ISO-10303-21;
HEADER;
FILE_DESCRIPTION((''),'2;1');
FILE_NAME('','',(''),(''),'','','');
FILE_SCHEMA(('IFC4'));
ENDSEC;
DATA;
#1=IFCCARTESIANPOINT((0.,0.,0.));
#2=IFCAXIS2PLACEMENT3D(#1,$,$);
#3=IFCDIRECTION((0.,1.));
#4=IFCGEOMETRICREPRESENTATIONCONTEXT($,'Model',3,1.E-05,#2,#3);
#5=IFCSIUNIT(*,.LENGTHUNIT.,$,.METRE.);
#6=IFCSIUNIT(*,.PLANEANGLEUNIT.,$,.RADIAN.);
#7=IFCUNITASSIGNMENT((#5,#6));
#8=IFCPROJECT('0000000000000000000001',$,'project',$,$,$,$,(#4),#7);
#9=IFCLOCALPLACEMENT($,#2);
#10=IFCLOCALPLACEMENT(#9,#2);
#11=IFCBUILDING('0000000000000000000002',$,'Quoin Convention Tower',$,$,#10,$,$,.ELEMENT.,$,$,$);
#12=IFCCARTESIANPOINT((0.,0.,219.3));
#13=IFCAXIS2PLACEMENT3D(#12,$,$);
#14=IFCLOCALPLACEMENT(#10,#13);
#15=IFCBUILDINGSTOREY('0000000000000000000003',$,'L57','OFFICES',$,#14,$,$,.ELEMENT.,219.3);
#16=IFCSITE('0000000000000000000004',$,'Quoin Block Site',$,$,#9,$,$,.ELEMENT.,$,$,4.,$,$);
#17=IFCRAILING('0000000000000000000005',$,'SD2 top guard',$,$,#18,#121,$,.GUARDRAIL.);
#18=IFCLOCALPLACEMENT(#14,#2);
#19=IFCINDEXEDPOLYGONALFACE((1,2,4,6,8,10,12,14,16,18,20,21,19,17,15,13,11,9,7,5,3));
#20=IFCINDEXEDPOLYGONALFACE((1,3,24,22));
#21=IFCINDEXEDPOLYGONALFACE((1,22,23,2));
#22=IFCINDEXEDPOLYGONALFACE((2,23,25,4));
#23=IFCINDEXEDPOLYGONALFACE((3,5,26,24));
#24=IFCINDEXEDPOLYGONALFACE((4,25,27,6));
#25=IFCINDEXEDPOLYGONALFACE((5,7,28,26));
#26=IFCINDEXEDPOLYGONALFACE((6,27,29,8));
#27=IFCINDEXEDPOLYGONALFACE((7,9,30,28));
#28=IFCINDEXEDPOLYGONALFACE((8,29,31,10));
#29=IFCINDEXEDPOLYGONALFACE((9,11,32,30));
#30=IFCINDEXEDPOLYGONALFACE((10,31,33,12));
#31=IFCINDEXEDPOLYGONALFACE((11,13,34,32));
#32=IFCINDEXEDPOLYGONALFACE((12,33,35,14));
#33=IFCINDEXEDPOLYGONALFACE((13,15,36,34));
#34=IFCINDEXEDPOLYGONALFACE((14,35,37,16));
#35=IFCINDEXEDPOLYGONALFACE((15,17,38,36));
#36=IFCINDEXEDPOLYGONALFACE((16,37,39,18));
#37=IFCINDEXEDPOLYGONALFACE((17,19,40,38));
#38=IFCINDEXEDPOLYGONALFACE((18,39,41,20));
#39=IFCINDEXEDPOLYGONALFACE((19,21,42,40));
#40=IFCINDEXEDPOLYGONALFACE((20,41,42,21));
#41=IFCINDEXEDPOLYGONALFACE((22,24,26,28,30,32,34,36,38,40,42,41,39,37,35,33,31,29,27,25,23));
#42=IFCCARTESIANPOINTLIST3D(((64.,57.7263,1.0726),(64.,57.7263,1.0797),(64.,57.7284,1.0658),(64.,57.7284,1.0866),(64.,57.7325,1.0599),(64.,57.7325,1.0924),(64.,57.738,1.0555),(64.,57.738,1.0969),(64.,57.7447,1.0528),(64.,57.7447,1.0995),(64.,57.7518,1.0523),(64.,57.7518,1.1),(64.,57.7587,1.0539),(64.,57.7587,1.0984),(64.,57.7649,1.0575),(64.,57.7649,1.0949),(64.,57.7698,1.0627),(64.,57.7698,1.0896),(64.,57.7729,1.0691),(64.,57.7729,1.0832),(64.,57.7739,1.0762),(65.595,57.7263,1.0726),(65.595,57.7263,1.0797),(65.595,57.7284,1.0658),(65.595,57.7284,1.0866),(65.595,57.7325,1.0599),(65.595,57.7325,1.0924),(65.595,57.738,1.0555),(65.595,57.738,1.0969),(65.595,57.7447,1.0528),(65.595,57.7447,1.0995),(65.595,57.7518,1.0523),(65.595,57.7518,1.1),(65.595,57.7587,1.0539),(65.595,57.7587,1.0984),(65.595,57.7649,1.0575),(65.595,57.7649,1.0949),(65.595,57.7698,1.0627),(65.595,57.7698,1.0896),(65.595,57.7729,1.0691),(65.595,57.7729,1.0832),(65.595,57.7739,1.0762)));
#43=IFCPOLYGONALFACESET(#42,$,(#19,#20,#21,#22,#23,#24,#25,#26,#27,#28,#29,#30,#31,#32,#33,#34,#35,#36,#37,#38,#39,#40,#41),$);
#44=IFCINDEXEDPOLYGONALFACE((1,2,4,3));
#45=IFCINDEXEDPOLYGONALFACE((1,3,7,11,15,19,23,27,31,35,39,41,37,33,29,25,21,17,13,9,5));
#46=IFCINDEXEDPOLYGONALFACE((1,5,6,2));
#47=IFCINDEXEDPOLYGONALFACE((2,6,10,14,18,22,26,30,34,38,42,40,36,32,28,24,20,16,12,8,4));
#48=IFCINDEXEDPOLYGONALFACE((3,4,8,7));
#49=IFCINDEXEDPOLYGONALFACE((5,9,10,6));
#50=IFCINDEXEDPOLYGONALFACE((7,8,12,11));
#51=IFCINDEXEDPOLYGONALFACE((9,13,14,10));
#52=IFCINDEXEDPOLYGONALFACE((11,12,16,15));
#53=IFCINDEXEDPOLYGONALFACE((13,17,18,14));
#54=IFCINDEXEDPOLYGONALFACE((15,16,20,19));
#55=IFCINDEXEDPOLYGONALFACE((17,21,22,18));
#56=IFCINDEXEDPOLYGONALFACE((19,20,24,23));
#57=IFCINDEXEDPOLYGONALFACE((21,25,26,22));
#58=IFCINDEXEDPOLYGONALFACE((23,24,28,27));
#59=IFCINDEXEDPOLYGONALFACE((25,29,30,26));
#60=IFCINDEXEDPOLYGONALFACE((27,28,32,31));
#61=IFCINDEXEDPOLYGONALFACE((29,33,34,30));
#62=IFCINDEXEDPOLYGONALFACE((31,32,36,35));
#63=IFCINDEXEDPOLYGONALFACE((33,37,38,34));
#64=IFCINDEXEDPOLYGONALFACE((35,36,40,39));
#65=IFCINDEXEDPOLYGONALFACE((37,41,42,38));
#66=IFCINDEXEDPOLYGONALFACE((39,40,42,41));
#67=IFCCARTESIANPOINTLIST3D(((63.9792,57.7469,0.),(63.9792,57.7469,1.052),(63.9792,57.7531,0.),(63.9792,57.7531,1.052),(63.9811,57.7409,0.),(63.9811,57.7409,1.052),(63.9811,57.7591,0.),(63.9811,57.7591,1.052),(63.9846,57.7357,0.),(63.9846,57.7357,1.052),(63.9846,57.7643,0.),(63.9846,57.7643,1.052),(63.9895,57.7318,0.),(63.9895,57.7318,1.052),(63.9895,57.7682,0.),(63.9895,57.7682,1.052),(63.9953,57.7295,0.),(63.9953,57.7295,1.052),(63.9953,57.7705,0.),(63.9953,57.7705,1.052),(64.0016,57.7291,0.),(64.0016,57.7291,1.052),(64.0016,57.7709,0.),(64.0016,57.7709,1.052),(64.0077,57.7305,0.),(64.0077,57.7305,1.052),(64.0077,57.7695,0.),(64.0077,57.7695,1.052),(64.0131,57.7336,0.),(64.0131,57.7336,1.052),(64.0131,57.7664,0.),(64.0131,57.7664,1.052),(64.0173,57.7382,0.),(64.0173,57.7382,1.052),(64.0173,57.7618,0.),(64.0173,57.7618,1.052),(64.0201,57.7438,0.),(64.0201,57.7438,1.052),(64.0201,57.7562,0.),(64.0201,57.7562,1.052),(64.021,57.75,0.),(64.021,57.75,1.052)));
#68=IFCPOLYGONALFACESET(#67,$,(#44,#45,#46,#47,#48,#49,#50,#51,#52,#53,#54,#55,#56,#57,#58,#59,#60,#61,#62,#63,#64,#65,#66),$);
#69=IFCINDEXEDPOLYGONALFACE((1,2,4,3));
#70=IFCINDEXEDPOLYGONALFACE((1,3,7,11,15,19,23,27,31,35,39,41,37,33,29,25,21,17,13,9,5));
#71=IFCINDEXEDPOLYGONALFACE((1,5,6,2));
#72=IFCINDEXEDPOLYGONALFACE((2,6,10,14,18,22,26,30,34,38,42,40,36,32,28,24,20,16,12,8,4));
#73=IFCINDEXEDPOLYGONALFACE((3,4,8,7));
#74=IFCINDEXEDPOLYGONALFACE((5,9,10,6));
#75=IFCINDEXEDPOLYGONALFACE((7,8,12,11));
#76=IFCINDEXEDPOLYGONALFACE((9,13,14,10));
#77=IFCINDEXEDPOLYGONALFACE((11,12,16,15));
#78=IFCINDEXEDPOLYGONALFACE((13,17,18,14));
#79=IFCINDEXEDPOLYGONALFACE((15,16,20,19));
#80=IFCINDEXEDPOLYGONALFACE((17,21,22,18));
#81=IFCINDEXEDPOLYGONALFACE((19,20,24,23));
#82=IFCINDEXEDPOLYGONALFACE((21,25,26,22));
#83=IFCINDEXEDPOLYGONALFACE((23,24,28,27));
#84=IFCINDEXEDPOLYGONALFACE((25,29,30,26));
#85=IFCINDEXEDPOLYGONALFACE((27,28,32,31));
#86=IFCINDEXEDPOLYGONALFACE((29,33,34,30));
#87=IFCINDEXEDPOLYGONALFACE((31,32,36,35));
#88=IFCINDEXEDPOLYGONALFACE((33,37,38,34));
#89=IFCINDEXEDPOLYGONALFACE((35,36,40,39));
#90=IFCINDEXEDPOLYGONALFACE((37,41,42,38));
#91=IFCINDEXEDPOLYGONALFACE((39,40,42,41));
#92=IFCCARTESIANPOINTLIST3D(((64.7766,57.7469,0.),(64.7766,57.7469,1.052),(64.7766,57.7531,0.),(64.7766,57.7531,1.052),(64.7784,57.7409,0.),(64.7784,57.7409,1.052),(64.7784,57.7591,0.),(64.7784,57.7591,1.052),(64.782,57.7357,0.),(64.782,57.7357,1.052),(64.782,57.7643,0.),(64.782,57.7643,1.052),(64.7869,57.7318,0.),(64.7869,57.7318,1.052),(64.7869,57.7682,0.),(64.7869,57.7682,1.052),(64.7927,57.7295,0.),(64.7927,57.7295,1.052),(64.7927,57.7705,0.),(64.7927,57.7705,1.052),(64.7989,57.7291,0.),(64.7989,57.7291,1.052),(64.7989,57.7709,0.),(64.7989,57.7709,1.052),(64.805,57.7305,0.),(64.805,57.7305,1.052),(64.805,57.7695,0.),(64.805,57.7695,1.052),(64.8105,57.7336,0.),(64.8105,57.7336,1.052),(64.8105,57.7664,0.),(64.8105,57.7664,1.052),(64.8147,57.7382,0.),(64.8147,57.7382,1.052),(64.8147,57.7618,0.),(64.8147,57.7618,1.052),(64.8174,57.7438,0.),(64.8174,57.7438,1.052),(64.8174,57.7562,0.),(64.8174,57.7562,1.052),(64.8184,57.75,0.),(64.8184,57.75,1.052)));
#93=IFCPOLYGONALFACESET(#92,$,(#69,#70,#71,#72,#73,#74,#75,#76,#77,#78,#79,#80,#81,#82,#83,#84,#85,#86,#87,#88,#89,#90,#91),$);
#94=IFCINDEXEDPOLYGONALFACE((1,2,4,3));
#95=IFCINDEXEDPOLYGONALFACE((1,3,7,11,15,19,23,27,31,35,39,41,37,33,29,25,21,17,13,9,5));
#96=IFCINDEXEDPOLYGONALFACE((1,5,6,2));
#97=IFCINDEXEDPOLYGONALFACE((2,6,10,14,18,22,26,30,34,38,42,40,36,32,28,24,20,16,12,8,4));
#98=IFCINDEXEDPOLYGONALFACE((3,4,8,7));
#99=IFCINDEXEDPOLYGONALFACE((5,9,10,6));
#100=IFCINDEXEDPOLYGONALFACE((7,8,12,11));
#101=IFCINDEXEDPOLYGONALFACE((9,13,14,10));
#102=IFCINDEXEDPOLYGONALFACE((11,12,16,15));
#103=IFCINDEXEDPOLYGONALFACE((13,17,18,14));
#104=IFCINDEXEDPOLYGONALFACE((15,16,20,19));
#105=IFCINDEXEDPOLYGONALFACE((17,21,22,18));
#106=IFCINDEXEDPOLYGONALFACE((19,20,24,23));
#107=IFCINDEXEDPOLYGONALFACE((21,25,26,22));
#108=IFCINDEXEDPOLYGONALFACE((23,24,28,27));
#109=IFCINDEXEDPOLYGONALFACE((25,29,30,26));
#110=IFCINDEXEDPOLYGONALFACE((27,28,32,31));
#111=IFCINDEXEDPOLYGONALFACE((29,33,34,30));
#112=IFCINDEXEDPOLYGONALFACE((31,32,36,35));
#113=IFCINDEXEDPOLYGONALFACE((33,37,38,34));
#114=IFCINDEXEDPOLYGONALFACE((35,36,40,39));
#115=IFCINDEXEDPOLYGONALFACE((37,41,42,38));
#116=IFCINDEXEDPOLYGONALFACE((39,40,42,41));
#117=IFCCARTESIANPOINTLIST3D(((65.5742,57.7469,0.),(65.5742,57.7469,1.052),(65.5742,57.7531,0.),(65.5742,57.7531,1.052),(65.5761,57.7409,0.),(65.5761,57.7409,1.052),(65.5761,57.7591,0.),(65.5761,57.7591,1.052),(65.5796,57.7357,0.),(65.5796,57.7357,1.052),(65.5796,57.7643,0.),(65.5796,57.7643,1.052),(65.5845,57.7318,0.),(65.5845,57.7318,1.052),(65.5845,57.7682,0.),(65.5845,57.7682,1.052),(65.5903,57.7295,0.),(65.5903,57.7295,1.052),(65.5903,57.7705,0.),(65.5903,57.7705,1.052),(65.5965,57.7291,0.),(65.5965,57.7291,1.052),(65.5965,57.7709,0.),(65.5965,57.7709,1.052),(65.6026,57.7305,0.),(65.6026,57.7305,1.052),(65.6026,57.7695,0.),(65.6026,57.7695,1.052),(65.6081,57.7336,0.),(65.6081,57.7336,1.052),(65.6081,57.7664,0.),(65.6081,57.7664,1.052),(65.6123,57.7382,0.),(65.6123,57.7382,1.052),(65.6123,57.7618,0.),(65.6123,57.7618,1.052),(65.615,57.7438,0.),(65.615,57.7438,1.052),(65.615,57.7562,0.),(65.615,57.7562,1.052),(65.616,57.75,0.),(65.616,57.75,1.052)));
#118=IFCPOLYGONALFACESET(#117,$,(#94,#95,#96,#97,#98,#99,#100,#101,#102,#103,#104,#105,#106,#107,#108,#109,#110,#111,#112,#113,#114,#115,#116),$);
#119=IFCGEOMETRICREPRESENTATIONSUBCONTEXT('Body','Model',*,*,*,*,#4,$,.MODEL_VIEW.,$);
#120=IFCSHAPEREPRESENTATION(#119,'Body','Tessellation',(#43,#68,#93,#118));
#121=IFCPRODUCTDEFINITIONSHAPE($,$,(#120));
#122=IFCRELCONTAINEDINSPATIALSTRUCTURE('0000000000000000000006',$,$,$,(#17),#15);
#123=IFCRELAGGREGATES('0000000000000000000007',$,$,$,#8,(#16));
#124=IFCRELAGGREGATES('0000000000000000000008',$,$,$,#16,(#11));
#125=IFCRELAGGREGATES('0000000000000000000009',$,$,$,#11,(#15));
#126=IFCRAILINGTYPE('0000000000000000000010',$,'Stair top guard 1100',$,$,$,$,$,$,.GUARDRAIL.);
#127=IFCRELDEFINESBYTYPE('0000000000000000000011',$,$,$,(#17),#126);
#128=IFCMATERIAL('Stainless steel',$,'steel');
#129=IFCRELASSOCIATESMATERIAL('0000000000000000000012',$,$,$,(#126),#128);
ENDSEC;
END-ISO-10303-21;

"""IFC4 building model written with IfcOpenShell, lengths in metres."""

from ifc_helpers import new_model, si_unit, direction, frame, origin, origin_2d, place, context, subcontext, project, spatial, circle, extrude, material, type_object, element, save


model = new_model("IFC4")

# Units and contexts
model_context = context("Model", 3, precision=1e-05, world=origin(), true_north=direction((0.0, 1.0)))
body_context = subcontext(model_context, "Body", "Model", "MODEL_VIEW")
ifc_project = project(units=[si_unit("LENGTHUNIT", "METRE"), si_unit("PLANEANGLEUNIT", "RADIAN")], contexts=[model_context])

# Site, building, storey
site_placement = place(None, origin())
site = spatial("IfcSite", under=ifc_project, at=site_placement, Name="Quoin Block Site", CompositionType="ELEMENT", RefElevation=4.0)
building_placement = place(site_placement, origin())
building = spatial("IfcBuilding", under=site, at=building_placement, Name="Quoin Convention Tower", CompositionType="ELEMENT")
storey_placement = place(building_placement, frame((0.0, 0.0, 219.3)))
storey = spatial("IfcBuildingStorey", under=building, at=storey_placement, Name="L57", Description="OFFICES", CompositionType="ELEMENT", Elevation=219.3)

# Railing
ifc_material_1 = material(Name="Stainless steel", Category="steel")
railing_type = type_object("IfcRailingType", Name="Stair top guard 1100", PredefinedType="GUARDRAIL", material=ifc_material_1)
railing_placement = place(storey_placement, frame((64.0, 57.75, 0.0)))
element("IfcRailing", 1, at=railing_placement, inside=storey, type_object=railing_type, Name="SD2 top guard", PredefinedType="GUARDRAIL", context=body_context, shape_type="SweptSolid", body=[
    extrude(circle(Radius=0.0239, at=origin_2d()), frame((0.0, 0.0, 1.0762), z_axis=(1.0, 0.0, 0.0), x_axis=(0.0, 1.0, 0.0)), (0.0, 0.0, 1.0), 1.595),
    extrude(circle(Radius=0.021, at=origin_2d()), origin(), (0.0, 0.0, 1.0), 1.052),
    extrude(circle(Radius=0.021, at=origin_2d()), frame((0.7974, 0.0, 0.0)), (0.0, 0.0, 1.0), 1.052),
    extrude(circle(Radius=0.021, at=origin_2d()), frame((1.595, 0.0, 0.0)), (0.0, 0.0, 1.0), 1.052),
])

save(model, "model.ifc")
